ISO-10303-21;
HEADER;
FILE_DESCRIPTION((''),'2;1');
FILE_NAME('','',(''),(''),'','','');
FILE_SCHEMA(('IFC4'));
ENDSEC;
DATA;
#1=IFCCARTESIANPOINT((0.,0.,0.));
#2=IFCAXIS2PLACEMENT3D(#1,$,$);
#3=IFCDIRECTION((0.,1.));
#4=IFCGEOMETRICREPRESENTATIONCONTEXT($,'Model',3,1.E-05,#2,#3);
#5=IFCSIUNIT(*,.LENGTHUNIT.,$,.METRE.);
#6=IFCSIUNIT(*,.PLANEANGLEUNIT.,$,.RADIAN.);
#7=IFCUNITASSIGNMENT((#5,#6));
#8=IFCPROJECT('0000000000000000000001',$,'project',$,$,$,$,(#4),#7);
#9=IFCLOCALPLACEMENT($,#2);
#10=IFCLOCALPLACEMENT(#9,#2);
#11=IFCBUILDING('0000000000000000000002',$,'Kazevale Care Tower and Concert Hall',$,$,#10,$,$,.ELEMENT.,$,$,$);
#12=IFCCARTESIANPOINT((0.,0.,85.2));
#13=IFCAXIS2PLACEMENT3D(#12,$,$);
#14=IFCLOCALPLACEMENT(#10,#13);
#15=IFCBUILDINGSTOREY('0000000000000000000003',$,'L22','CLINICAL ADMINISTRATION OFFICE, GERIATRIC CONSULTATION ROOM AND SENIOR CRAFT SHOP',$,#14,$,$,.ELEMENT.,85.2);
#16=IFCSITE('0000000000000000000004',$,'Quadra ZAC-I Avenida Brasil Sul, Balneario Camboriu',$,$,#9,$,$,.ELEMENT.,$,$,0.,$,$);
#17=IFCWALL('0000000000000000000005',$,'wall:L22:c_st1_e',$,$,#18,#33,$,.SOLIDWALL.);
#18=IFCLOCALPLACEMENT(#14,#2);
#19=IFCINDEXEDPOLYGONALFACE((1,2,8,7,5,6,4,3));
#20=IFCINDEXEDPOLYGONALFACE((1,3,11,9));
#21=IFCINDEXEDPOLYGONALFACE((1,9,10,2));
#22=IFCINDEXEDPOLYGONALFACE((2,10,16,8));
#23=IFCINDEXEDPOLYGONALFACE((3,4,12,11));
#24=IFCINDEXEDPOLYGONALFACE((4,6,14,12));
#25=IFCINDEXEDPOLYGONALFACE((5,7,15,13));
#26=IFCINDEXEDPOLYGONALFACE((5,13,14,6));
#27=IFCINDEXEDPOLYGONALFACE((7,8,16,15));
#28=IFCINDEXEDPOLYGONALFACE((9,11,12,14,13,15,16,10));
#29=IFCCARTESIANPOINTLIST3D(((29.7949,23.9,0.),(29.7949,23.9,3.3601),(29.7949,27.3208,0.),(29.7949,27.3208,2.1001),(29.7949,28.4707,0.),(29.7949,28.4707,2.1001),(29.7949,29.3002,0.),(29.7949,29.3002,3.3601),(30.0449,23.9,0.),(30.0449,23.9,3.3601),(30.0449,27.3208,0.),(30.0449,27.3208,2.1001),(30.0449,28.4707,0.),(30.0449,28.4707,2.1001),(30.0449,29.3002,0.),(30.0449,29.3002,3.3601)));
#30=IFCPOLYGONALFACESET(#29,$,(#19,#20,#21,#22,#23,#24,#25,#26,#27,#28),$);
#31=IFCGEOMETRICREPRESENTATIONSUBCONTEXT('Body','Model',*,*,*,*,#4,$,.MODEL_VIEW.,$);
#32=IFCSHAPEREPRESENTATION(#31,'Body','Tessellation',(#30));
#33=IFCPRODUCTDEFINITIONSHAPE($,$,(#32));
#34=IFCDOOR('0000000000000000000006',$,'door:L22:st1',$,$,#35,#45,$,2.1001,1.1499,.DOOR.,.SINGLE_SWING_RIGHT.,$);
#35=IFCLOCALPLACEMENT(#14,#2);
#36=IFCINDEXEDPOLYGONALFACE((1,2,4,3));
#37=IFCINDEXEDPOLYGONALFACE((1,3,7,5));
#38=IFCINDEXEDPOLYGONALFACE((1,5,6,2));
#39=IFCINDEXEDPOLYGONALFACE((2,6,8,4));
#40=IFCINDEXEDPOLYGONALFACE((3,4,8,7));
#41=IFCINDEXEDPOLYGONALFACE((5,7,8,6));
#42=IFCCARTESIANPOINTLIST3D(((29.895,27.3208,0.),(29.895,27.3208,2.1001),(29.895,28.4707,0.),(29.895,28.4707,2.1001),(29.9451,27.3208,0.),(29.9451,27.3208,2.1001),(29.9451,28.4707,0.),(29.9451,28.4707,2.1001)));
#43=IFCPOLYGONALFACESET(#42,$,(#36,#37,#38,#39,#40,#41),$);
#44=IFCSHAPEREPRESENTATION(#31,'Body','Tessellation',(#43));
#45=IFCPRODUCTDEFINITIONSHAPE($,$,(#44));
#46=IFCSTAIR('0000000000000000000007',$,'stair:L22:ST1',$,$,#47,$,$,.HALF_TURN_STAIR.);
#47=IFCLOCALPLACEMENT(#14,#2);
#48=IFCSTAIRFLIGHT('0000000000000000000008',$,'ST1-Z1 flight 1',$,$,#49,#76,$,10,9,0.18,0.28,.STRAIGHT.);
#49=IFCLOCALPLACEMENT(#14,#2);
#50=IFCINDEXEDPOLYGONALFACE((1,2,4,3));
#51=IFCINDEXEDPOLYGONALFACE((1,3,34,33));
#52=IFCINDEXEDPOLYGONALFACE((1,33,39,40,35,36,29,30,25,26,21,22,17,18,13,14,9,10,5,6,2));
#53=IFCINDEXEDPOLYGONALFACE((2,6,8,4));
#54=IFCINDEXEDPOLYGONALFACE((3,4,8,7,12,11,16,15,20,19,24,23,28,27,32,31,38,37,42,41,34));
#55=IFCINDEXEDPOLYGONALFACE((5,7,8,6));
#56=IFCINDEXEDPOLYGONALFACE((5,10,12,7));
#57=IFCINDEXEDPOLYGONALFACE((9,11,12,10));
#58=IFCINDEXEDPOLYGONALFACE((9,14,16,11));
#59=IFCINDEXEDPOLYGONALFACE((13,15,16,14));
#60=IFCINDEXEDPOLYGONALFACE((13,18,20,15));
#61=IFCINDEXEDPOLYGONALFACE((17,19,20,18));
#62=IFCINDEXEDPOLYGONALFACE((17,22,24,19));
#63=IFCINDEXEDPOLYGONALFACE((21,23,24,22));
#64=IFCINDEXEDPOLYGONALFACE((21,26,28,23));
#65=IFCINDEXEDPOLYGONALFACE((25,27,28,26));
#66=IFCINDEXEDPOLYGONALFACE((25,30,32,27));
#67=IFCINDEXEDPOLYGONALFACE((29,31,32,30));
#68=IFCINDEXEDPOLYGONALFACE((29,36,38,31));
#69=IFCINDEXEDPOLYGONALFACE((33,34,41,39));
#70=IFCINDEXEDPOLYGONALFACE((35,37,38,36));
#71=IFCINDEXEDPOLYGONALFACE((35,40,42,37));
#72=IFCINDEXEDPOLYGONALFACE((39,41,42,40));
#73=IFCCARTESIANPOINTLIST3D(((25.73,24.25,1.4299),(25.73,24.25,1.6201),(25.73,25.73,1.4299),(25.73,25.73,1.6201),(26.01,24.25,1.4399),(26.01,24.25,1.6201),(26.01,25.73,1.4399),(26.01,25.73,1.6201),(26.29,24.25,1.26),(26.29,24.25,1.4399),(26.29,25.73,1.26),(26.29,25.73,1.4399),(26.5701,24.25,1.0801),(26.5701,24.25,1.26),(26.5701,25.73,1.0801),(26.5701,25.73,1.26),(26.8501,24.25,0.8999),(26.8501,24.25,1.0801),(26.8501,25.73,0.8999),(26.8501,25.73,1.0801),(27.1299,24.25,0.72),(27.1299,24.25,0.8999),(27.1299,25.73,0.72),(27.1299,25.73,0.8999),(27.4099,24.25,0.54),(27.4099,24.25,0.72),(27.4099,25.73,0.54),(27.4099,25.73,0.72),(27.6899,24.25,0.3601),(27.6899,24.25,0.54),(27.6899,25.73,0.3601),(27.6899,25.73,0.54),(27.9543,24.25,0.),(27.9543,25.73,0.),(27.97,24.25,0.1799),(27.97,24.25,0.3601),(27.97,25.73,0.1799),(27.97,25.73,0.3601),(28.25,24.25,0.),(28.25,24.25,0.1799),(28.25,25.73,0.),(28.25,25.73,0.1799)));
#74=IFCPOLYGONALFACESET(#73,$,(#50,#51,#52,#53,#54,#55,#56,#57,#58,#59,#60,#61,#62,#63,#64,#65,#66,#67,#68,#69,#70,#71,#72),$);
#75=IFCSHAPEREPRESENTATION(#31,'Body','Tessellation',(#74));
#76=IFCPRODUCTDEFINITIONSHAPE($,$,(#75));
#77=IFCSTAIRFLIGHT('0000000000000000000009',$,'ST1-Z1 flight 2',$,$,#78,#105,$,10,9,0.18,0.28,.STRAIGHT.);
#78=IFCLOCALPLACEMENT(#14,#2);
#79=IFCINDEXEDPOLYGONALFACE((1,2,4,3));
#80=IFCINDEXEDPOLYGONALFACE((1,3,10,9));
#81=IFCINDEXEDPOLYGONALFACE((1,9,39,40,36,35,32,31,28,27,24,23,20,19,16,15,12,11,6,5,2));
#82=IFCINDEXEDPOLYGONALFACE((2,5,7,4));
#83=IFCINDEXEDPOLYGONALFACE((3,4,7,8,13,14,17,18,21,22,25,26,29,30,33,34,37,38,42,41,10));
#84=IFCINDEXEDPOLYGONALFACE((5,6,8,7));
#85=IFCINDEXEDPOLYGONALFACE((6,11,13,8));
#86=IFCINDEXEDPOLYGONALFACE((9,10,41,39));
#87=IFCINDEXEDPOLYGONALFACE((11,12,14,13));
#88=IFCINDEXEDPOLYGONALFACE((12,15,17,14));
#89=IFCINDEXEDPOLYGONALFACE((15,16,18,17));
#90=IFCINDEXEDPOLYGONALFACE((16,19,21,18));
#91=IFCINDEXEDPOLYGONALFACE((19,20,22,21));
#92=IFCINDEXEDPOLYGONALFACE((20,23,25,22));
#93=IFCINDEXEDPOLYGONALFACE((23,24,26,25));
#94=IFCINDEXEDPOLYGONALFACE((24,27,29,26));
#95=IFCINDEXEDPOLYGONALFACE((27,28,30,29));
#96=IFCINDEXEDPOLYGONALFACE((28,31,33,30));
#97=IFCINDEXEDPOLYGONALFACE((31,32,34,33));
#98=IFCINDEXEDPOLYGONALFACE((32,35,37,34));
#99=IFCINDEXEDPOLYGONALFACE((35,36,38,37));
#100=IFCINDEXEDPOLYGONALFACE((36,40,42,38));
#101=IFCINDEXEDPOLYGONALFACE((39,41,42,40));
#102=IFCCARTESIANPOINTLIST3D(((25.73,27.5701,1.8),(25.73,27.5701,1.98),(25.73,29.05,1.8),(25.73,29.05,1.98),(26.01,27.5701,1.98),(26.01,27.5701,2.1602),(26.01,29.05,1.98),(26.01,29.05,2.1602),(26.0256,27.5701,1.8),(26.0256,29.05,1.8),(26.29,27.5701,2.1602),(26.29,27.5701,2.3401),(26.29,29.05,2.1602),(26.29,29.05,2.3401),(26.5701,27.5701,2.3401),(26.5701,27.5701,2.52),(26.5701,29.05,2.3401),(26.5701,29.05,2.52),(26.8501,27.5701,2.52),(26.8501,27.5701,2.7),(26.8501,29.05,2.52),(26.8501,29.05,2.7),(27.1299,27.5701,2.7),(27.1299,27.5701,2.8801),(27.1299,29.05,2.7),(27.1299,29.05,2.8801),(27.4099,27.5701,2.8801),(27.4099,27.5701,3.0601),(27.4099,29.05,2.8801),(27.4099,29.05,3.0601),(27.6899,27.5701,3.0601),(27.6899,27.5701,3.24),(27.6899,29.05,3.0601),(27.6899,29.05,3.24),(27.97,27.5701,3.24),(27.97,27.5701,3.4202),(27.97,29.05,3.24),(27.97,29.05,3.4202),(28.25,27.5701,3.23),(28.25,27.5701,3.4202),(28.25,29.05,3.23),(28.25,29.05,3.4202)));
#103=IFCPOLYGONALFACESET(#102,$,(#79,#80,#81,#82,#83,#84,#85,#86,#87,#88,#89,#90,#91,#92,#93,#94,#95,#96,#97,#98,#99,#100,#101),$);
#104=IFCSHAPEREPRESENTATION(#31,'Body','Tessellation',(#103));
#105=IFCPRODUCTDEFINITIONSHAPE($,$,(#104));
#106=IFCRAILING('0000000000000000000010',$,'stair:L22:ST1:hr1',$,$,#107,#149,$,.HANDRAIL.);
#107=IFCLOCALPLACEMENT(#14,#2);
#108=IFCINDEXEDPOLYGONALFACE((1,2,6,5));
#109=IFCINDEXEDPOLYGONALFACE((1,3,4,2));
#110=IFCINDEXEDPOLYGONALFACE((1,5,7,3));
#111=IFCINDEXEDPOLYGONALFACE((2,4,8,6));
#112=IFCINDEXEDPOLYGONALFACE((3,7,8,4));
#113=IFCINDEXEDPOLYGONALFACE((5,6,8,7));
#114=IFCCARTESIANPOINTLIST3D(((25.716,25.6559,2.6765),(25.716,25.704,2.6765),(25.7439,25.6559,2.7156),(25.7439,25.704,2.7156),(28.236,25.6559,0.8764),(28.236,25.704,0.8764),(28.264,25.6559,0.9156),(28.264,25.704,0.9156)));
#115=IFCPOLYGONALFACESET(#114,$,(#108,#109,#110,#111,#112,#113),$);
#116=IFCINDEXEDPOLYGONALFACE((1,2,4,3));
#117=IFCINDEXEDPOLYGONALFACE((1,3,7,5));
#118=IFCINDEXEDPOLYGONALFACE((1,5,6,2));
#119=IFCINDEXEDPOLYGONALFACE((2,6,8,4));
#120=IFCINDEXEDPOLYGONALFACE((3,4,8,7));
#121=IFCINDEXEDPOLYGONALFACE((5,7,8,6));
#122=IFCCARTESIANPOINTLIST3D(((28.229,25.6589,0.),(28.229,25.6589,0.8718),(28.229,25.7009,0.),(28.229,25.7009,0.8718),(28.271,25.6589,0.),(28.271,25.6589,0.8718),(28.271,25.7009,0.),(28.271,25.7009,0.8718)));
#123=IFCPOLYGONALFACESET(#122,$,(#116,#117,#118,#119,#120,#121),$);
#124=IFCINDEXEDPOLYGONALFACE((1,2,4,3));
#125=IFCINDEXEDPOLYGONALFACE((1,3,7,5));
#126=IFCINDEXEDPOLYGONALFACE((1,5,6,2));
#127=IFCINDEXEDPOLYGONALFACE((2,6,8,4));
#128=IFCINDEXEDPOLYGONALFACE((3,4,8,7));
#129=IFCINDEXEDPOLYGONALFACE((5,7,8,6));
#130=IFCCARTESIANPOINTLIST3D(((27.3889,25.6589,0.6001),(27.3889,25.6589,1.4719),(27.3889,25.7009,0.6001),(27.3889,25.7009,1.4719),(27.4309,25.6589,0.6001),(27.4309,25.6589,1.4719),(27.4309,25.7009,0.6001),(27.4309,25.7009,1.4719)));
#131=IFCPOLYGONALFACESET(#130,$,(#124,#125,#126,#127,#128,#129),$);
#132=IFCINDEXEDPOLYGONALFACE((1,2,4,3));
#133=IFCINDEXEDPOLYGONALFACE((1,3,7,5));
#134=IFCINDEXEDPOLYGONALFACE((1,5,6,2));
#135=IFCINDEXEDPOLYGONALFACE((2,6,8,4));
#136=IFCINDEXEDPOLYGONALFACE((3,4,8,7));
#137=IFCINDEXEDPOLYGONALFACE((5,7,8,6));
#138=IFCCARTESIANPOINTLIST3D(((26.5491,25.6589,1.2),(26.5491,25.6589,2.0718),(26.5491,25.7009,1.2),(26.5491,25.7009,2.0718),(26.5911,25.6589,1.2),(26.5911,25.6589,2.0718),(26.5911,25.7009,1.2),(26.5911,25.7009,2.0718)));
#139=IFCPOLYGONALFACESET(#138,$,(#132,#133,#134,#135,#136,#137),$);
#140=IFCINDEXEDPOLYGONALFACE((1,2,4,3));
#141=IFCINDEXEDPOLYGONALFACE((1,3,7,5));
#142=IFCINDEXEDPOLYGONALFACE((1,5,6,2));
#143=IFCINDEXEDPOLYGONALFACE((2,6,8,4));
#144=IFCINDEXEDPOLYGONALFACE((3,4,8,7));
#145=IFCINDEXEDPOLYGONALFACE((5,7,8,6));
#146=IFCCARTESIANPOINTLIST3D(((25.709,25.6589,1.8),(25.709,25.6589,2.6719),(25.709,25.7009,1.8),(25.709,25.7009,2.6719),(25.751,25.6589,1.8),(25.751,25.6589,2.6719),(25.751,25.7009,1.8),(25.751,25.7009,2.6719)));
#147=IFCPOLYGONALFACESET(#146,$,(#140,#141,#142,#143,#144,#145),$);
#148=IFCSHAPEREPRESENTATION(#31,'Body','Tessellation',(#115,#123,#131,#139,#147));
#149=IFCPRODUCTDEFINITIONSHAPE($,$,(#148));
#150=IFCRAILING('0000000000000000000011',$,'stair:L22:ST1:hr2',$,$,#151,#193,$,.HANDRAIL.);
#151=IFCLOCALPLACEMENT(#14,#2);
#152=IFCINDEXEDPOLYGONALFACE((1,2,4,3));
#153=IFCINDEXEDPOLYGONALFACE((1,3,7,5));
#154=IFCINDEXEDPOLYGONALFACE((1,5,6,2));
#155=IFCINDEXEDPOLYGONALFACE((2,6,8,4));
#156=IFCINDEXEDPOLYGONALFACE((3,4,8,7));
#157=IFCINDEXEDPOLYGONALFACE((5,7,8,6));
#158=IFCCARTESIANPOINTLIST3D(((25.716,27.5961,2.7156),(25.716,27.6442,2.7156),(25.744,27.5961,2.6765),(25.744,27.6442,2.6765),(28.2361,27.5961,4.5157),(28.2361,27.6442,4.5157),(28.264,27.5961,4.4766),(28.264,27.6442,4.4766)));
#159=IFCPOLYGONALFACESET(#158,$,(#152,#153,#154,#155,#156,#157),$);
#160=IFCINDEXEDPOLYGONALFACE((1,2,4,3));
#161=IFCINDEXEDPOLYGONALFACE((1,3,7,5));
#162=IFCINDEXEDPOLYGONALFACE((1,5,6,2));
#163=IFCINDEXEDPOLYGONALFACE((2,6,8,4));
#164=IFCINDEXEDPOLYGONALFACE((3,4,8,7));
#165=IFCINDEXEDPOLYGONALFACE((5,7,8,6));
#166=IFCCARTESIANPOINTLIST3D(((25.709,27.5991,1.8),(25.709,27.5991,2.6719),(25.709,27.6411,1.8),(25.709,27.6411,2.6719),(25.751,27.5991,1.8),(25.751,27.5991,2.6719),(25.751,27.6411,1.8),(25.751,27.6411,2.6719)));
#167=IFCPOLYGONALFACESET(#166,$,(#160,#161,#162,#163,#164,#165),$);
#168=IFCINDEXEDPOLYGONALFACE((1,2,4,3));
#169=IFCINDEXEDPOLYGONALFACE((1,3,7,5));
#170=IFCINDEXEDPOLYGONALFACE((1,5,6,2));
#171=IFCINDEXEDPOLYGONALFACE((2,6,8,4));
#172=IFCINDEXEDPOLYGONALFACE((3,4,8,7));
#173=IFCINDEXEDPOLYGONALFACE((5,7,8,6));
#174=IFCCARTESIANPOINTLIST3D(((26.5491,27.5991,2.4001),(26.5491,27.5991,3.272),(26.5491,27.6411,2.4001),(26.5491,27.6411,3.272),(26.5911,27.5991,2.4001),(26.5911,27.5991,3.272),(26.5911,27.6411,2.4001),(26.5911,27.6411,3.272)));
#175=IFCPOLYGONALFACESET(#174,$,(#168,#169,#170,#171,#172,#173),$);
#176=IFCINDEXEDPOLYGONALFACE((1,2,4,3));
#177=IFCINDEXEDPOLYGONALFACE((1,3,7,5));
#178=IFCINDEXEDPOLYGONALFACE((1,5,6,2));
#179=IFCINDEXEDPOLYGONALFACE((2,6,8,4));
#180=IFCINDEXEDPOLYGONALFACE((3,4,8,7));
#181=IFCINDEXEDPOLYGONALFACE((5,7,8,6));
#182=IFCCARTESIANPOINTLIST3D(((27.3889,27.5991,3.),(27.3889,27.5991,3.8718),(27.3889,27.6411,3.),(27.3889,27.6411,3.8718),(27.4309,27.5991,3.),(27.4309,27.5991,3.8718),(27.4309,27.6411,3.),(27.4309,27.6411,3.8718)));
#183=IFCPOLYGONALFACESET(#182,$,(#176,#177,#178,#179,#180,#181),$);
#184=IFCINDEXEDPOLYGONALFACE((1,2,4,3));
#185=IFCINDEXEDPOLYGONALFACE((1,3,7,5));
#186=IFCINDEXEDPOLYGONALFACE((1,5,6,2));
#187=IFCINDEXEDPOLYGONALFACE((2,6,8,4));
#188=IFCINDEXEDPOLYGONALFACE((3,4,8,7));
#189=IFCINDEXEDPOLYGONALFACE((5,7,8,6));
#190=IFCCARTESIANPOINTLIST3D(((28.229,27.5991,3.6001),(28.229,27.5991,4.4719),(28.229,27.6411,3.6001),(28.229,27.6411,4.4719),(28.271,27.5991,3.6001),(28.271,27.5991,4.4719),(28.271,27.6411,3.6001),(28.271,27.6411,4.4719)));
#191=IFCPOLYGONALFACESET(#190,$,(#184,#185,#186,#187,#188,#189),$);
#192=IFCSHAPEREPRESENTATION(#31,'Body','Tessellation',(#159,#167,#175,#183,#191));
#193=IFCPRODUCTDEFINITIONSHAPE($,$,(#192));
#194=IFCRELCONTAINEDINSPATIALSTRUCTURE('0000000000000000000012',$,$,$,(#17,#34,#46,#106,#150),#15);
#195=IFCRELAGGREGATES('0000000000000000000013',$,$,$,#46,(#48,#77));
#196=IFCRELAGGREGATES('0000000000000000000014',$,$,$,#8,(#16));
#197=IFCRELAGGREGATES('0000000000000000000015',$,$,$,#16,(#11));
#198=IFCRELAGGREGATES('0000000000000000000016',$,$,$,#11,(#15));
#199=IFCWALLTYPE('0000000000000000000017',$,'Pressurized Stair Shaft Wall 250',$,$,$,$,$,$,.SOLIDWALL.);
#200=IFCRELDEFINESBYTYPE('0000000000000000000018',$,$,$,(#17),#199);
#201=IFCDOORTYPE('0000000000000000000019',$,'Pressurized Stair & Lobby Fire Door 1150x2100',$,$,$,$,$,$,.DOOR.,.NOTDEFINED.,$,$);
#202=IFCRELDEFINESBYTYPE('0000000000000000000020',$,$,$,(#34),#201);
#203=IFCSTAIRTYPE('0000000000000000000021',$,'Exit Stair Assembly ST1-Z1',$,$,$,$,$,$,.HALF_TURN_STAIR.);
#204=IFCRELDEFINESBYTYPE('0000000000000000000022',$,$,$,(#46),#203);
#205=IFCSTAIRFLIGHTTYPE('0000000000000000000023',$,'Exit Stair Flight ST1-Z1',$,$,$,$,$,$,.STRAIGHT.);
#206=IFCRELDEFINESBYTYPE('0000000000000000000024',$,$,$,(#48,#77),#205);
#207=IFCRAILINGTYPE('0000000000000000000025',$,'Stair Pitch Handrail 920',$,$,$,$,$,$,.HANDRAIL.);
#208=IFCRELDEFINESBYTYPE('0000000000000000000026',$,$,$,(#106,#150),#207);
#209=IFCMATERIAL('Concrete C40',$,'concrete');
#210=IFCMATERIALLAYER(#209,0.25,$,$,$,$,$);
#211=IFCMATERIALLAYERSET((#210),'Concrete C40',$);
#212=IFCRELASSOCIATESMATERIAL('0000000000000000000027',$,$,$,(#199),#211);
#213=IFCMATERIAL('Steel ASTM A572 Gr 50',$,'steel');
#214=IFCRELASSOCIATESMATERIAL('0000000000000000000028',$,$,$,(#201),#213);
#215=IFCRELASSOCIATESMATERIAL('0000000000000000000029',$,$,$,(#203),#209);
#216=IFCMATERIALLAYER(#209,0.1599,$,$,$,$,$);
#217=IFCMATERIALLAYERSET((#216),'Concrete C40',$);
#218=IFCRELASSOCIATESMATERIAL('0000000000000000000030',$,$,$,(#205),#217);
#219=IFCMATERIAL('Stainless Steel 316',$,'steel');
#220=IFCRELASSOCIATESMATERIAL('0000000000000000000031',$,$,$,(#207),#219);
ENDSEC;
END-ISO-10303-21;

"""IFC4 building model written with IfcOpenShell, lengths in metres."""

from ifc_helpers import new_model, si_unit, direction, frame, frame_2d, origin, origin_2d, place, context, subcontext, project, spatial, polyline, rectangle, outline, extrude, material, layer, layer_set, type_object, element, fill, aggregate, save


model = new_model("IFC4")

# Units and contexts
model_context = context("Model", 3, precision=1e-05, world=origin(), true_north=direction((0.0, 1.0)))
body_context = subcontext(model_context, "Body", "Model", "MODEL_VIEW")
ifc_project = project(units=[si_unit("LENGTHUNIT", "METRE"), si_unit("PLANEANGLEUNIT", "RADIAN")], contexts=[model_context])

# Site, building, storey
site_placement = place(None, origin())
site = spatial("IfcSite", under=ifc_project, at=site_placement, Name="Quadra ZAC-I Avenida Brasil Sul, Balneario Camboriu", CompositionType="ELEMENT", RefElevation=0.0)
building_placement = place(site_placement, origin())
building = spatial("IfcBuilding", under=site, at=building_placement, Name="Kazevale Care Tower and Concert Hall", CompositionType="ELEMENT")
storey_placement = place(building_placement, frame((0.0, 0.0, 85.2)))
storey = spatial("IfcBuildingStorey", under=building, at=storey_placement, Name="L22", Description="CLINICAL ADMINISTRATION OFFICE, GERIATRIC CONSULTATION ROOM AND SENIOR CRAFT SHOP", CompositionType="ELEMENT", Elevation=85.2)

# Shared definitions
ifc_material_1 = material(Name="Steel ASTM A572 Gr 50", Category="steel")

# Shared definitions
ifc_material_2 = material(Name="Concrete C40", Category="concrete")
ifc_material_3 = material(Name="Stainless Steel 316", Category="steel")

# Wall, opening, door
ifc_layer_1 = layer(ifc_material_2, 0.25)
ifc_layer_set_1 = layer_set([ifc_layer_1], Name="Concrete C40")
wall_type_1 = type_object("IfcWallType", Name="Pressurized Stair Shaft Wall 250", PredefinedType="SOLIDWALL", material=ifc_layer_set_1)
wall_1_placement = place(storey_placement, frame((29.9199, 23.8999, 0.0), z_axis=(0.0, 0.0, 1.0), x_axis=(0.0, 1.0, 0.0)))
wall_1 = element("IfcWall", 1, at=wall_1_placement, inside=storey, type_object=wall_type_1, Name="wall:L22:c_st1_e", PredefinedType="SOLIDWALL", context=body_context, shape_type="SweptSolid", body=[
    extrude(rectangle(XDim=5.4001, YDim=0.25, at=frame_2d((2.7002, 0.0))), origin(), (0.0, 0.0, 1.0), 3.3601),
])
opening_1_placement = place(wall_1_placement, frame((3.4209, 0.0, 0.0)))
opening_1 = element("IfcOpeningElement", 2, at=opening_1_placement, cuts=wall_1, PredefinedType="OPENING", context=body_context, shape_type="SweptSolid", body=[
    extrude(rectangle(XDim=1.1499, YDim=2.1001, at=frame_2d((0.575, 1.05))), frame((0.0, 0.135, 0.0), z_axis=(0.0, -1.0, 0.0), x_axis=(1.0, 0.0, 0.0)), (0.0, 0.0, 1.0), 0.27),
])
door_type_1 = type_object("IfcDoorType", Name="Pressurized Stair & Lobby Fire Door 1150x2100", OperationType="NOTDEFINED", PredefinedType="DOOR", material=ifc_material_1)
door_1_placement = place(opening_1_placement, origin())
door_1 = element("IfcDoor", 3, at=door_1_placement, inside=storey, type_object=door_type_1, Name="door:L22:st1", OperationType="SINGLE_SWING_RIGHT", OverallHeight=2.1001, OverallWidth=1.1499, PredefinedType="DOOR", context=body_context, shape_type="SweptSolid", body=[
    extrude(rectangle(XDim=1.1499, YDim=2.1001, at=frame_2d((0.575, 1.05))), frame((0.0, 0.0249, 0.0), z_axis=(0.0, -1.0, 0.0), x_axis=(1.0, 0.0, 0.0)), (0.0, 0.0, 1.0), 0.05),
])
fill(opening_1, door_1)

# Stair, stair flights
stair_type = type_object("IfcStairType", Name="Exit Stair Assembly ST1-Z1", PredefinedType="HALF_TURN_STAIR", material=ifc_material_2)
stair_placement = place(storey_placement, origin())
stair = element("IfcStair", 4, at=stair_placement, inside=storey, type_object=stair_type, Name="stair:L22:ST1", PredefinedType="HALF_TURN_STAIR")
ifc_layer_2 = layer(ifc_material_2, 0.1599)
ifc_layer_set_2 = layer_set([ifc_layer_2], Name="Concrete C40")
stair_flight_type = type_object("IfcStairFlightType", Name="Exit Stair Flight ST1-Z1", PredefinedType="STRAIGHT", material=ifc_layer_set_2)
stair_flight_1_placement = place(storey_placement, frame((28.25, 24.99, 0.0), z_axis=(0.0, 0.0, 1.0), x_axis=(-1.0, 0.0, 0.0)))
stair_flight_1 = element("IfcStairFlight", 5, at=stair_flight_1_placement, type_object=stair_flight_type, Name="ST1-Z1 flight 1", NumberOfRisers=10, NumberOfTreads=9, PredefinedType="STRAIGHT", RiserHeight=0.18, TreadLength=0.28, context=body_context, shape_type="SweptSolid", body=[
    extrude(outline(polyline([(0.0, 0.0), (0.0, 0.1799), (0.28, 0.1799), (0.28, 0.3601), (0.5601, 0.3601), (0.5601, 0.54), (0.8401, 0.54), (0.8401, 0.72), (1.1201, 0.72), (1.1201, 0.8999), (1.3999, 0.8999), (1.3999, 1.0801), (1.6799, 1.0801), (1.6799, 1.26), (1.96, 1.26), (1.96, 1.4399), (2.24, 1.4399), (2.24, 1.6201), (2.52, 1.6201), (2.52, 1.8), (2.52, 1.4299), (0.2957, 0.0), (0.0, 0.0)])), frame((0.0, 0.74, 0.0), z_axis=(0.0, -1.0, 0.0), x_axis=(1.0, 0.0, 0.0)), (0.0, 0.0, 1.0), 1.48),
])
stair_flight_2_placement = place(storey_placement, frame((25.73, 28.3101, 1.8), z_axis=(0.0, 0.0, 1.0), x_axis=(1.0, 0.0, 0.0)))
stair_flight_2 = element("IfcStairFlight", 6, at=stair_flight_2_placement, type_object=stair_flight_type, Name="ST1-Z1 flight 2", NumberOfRisers=10, NumberOfTreads=9, PredefinedType="STRAIGHT", RiserHeight=0.18, TreadLength=0.28, context=body_context, shape_type="SweptSolid", body=[
    extrude(outline(polyline([(0.0, 0.0), (0.0, 0.1799), (0.28, 0.1799), (0.28, 0.3601), (0.5601, 0.3601), (0.5601, 0.54), (0.8401, 0.54), (0.8401, 0.72), (1.1201, 0.72), (1.1201, 0.8999), (1.3999, 0.8999), (1.3999, 1.0801), (1.6799, 1.0801), (1.6799, 1.26), (1.96, 1.26), (1.96, 1.4399), (2.24, 1.4399), (2.24, 1.6201), (2.52, 1.6201), (2.52, 1.8), (2.52, 1.4299), (0.2957, 0.0), (0.0, 0.0)])), frame((0.0, 0.74, 0.0), z_axis=(0.0, -1.0, 0.0), x_axis=(1.0, 0.0, 0.0)), (0.0, 0.0, 1.0), 1.48),
])
aggregate(stair, [stair_flight_1, stair_flight_2])

# Railings
railing_type_1 = type_object("IfcRailingType", Name="Stair Pitch Handrail 920", PredefinedType="HANDRAIL", material=ifc_material_3)
railing_1_placement = place(storey_placement, frame((28.25, 25.6799, 0.0)))
element("IfcRailing", 7, at=railing_1_placement, inside=storey, type_object=railing_type_1, Name="stair:L22:ST1:hr1", PredefinedType="HANDRAIL", context=body_context, shape_type="SweptSolid", body=[
    extrude(rectangle(XDim=0.0481, YDim=0.0481, at=origin_2d()), frame((0.0, 0.0, 0.896), z_axis=(-0.813728, 0.0, 0.581246), x_axis=(0.0, -1.0, 0.0)), (0.0, 0.0, 1.0), 3.0969),
    extrude(rectangle(XDim=0.042, YDim=0.042, at=origin_2d()), origin(), (0.0, 0.0, 1.0), 0.8718),
    extrude(rectangle(XDim=0.042, YDim=0.042, at=origin_2d()), frame((-0.8401, 0.0, 0.6001)), (0.0, 0.0, 1.0), 0.8718),
    extrude(rectangle(XDim=0.042, YDim=0.042, at=origin_2d()), frame((-1.6799, 0.0, 1.2)), (0.0, 0.0, 1.0), 0.8718),
    extrude(rectangle(XDim=0.042, YDim=0.042, at=origin_2d()), frame((-2.52, 0.0, 1.8)), (0.0, 0.0, 1.0), 0.8718),
])
railing_2_placement = place(storey_placement, frame((25.73, 27.6201, 1.8)))
element("IfcRailing", 8, at=railing_2_placement, inside=storey, type_object=railing_type_1, Name="stair:L22:ST1:hr2", PredefinedType="HANDRAIL", context=body_context, shape_type="SweptSolid", body=[
    extrude(rectangle(XDim=0.0481, YDim=0.0481, at=origin_2d()), frame((0.0, 0.0, 0.896), z_axis=(0.813728, 0.0, 0.581246), x_axis=(0.0, 1.0, 0.0)), (0.0, 0.0, 1.0), 3.0969),
    extrude(rectangle(XDim=0.042, YDim=0.042, at=origin_2d()), origin(), (0.0, 0.0, 1.0), 0.8718),
    extrude(rectangle(XDim=0.042, YDim=0.042, at=origin_2d()), frame((0.8401, 0.0, 0.6001)), (0.0, 0.0, 1.0), 0.8718),
    extrude(rectangle(XDim=0.042, YDim=0.042, at=origin_2d()), frame((1.6799, 0.0, 1.2)), (0.0, 0.0, 1.0), 0.8718),
    extrude(rectangle(XDim=0.042, YDim=0.042, at=origin_2d()), frame((2.52, 0.0, 1.8)), (0.0, 0.0, 1.0), 0.8718),
])

save(model, "model.ifc")
